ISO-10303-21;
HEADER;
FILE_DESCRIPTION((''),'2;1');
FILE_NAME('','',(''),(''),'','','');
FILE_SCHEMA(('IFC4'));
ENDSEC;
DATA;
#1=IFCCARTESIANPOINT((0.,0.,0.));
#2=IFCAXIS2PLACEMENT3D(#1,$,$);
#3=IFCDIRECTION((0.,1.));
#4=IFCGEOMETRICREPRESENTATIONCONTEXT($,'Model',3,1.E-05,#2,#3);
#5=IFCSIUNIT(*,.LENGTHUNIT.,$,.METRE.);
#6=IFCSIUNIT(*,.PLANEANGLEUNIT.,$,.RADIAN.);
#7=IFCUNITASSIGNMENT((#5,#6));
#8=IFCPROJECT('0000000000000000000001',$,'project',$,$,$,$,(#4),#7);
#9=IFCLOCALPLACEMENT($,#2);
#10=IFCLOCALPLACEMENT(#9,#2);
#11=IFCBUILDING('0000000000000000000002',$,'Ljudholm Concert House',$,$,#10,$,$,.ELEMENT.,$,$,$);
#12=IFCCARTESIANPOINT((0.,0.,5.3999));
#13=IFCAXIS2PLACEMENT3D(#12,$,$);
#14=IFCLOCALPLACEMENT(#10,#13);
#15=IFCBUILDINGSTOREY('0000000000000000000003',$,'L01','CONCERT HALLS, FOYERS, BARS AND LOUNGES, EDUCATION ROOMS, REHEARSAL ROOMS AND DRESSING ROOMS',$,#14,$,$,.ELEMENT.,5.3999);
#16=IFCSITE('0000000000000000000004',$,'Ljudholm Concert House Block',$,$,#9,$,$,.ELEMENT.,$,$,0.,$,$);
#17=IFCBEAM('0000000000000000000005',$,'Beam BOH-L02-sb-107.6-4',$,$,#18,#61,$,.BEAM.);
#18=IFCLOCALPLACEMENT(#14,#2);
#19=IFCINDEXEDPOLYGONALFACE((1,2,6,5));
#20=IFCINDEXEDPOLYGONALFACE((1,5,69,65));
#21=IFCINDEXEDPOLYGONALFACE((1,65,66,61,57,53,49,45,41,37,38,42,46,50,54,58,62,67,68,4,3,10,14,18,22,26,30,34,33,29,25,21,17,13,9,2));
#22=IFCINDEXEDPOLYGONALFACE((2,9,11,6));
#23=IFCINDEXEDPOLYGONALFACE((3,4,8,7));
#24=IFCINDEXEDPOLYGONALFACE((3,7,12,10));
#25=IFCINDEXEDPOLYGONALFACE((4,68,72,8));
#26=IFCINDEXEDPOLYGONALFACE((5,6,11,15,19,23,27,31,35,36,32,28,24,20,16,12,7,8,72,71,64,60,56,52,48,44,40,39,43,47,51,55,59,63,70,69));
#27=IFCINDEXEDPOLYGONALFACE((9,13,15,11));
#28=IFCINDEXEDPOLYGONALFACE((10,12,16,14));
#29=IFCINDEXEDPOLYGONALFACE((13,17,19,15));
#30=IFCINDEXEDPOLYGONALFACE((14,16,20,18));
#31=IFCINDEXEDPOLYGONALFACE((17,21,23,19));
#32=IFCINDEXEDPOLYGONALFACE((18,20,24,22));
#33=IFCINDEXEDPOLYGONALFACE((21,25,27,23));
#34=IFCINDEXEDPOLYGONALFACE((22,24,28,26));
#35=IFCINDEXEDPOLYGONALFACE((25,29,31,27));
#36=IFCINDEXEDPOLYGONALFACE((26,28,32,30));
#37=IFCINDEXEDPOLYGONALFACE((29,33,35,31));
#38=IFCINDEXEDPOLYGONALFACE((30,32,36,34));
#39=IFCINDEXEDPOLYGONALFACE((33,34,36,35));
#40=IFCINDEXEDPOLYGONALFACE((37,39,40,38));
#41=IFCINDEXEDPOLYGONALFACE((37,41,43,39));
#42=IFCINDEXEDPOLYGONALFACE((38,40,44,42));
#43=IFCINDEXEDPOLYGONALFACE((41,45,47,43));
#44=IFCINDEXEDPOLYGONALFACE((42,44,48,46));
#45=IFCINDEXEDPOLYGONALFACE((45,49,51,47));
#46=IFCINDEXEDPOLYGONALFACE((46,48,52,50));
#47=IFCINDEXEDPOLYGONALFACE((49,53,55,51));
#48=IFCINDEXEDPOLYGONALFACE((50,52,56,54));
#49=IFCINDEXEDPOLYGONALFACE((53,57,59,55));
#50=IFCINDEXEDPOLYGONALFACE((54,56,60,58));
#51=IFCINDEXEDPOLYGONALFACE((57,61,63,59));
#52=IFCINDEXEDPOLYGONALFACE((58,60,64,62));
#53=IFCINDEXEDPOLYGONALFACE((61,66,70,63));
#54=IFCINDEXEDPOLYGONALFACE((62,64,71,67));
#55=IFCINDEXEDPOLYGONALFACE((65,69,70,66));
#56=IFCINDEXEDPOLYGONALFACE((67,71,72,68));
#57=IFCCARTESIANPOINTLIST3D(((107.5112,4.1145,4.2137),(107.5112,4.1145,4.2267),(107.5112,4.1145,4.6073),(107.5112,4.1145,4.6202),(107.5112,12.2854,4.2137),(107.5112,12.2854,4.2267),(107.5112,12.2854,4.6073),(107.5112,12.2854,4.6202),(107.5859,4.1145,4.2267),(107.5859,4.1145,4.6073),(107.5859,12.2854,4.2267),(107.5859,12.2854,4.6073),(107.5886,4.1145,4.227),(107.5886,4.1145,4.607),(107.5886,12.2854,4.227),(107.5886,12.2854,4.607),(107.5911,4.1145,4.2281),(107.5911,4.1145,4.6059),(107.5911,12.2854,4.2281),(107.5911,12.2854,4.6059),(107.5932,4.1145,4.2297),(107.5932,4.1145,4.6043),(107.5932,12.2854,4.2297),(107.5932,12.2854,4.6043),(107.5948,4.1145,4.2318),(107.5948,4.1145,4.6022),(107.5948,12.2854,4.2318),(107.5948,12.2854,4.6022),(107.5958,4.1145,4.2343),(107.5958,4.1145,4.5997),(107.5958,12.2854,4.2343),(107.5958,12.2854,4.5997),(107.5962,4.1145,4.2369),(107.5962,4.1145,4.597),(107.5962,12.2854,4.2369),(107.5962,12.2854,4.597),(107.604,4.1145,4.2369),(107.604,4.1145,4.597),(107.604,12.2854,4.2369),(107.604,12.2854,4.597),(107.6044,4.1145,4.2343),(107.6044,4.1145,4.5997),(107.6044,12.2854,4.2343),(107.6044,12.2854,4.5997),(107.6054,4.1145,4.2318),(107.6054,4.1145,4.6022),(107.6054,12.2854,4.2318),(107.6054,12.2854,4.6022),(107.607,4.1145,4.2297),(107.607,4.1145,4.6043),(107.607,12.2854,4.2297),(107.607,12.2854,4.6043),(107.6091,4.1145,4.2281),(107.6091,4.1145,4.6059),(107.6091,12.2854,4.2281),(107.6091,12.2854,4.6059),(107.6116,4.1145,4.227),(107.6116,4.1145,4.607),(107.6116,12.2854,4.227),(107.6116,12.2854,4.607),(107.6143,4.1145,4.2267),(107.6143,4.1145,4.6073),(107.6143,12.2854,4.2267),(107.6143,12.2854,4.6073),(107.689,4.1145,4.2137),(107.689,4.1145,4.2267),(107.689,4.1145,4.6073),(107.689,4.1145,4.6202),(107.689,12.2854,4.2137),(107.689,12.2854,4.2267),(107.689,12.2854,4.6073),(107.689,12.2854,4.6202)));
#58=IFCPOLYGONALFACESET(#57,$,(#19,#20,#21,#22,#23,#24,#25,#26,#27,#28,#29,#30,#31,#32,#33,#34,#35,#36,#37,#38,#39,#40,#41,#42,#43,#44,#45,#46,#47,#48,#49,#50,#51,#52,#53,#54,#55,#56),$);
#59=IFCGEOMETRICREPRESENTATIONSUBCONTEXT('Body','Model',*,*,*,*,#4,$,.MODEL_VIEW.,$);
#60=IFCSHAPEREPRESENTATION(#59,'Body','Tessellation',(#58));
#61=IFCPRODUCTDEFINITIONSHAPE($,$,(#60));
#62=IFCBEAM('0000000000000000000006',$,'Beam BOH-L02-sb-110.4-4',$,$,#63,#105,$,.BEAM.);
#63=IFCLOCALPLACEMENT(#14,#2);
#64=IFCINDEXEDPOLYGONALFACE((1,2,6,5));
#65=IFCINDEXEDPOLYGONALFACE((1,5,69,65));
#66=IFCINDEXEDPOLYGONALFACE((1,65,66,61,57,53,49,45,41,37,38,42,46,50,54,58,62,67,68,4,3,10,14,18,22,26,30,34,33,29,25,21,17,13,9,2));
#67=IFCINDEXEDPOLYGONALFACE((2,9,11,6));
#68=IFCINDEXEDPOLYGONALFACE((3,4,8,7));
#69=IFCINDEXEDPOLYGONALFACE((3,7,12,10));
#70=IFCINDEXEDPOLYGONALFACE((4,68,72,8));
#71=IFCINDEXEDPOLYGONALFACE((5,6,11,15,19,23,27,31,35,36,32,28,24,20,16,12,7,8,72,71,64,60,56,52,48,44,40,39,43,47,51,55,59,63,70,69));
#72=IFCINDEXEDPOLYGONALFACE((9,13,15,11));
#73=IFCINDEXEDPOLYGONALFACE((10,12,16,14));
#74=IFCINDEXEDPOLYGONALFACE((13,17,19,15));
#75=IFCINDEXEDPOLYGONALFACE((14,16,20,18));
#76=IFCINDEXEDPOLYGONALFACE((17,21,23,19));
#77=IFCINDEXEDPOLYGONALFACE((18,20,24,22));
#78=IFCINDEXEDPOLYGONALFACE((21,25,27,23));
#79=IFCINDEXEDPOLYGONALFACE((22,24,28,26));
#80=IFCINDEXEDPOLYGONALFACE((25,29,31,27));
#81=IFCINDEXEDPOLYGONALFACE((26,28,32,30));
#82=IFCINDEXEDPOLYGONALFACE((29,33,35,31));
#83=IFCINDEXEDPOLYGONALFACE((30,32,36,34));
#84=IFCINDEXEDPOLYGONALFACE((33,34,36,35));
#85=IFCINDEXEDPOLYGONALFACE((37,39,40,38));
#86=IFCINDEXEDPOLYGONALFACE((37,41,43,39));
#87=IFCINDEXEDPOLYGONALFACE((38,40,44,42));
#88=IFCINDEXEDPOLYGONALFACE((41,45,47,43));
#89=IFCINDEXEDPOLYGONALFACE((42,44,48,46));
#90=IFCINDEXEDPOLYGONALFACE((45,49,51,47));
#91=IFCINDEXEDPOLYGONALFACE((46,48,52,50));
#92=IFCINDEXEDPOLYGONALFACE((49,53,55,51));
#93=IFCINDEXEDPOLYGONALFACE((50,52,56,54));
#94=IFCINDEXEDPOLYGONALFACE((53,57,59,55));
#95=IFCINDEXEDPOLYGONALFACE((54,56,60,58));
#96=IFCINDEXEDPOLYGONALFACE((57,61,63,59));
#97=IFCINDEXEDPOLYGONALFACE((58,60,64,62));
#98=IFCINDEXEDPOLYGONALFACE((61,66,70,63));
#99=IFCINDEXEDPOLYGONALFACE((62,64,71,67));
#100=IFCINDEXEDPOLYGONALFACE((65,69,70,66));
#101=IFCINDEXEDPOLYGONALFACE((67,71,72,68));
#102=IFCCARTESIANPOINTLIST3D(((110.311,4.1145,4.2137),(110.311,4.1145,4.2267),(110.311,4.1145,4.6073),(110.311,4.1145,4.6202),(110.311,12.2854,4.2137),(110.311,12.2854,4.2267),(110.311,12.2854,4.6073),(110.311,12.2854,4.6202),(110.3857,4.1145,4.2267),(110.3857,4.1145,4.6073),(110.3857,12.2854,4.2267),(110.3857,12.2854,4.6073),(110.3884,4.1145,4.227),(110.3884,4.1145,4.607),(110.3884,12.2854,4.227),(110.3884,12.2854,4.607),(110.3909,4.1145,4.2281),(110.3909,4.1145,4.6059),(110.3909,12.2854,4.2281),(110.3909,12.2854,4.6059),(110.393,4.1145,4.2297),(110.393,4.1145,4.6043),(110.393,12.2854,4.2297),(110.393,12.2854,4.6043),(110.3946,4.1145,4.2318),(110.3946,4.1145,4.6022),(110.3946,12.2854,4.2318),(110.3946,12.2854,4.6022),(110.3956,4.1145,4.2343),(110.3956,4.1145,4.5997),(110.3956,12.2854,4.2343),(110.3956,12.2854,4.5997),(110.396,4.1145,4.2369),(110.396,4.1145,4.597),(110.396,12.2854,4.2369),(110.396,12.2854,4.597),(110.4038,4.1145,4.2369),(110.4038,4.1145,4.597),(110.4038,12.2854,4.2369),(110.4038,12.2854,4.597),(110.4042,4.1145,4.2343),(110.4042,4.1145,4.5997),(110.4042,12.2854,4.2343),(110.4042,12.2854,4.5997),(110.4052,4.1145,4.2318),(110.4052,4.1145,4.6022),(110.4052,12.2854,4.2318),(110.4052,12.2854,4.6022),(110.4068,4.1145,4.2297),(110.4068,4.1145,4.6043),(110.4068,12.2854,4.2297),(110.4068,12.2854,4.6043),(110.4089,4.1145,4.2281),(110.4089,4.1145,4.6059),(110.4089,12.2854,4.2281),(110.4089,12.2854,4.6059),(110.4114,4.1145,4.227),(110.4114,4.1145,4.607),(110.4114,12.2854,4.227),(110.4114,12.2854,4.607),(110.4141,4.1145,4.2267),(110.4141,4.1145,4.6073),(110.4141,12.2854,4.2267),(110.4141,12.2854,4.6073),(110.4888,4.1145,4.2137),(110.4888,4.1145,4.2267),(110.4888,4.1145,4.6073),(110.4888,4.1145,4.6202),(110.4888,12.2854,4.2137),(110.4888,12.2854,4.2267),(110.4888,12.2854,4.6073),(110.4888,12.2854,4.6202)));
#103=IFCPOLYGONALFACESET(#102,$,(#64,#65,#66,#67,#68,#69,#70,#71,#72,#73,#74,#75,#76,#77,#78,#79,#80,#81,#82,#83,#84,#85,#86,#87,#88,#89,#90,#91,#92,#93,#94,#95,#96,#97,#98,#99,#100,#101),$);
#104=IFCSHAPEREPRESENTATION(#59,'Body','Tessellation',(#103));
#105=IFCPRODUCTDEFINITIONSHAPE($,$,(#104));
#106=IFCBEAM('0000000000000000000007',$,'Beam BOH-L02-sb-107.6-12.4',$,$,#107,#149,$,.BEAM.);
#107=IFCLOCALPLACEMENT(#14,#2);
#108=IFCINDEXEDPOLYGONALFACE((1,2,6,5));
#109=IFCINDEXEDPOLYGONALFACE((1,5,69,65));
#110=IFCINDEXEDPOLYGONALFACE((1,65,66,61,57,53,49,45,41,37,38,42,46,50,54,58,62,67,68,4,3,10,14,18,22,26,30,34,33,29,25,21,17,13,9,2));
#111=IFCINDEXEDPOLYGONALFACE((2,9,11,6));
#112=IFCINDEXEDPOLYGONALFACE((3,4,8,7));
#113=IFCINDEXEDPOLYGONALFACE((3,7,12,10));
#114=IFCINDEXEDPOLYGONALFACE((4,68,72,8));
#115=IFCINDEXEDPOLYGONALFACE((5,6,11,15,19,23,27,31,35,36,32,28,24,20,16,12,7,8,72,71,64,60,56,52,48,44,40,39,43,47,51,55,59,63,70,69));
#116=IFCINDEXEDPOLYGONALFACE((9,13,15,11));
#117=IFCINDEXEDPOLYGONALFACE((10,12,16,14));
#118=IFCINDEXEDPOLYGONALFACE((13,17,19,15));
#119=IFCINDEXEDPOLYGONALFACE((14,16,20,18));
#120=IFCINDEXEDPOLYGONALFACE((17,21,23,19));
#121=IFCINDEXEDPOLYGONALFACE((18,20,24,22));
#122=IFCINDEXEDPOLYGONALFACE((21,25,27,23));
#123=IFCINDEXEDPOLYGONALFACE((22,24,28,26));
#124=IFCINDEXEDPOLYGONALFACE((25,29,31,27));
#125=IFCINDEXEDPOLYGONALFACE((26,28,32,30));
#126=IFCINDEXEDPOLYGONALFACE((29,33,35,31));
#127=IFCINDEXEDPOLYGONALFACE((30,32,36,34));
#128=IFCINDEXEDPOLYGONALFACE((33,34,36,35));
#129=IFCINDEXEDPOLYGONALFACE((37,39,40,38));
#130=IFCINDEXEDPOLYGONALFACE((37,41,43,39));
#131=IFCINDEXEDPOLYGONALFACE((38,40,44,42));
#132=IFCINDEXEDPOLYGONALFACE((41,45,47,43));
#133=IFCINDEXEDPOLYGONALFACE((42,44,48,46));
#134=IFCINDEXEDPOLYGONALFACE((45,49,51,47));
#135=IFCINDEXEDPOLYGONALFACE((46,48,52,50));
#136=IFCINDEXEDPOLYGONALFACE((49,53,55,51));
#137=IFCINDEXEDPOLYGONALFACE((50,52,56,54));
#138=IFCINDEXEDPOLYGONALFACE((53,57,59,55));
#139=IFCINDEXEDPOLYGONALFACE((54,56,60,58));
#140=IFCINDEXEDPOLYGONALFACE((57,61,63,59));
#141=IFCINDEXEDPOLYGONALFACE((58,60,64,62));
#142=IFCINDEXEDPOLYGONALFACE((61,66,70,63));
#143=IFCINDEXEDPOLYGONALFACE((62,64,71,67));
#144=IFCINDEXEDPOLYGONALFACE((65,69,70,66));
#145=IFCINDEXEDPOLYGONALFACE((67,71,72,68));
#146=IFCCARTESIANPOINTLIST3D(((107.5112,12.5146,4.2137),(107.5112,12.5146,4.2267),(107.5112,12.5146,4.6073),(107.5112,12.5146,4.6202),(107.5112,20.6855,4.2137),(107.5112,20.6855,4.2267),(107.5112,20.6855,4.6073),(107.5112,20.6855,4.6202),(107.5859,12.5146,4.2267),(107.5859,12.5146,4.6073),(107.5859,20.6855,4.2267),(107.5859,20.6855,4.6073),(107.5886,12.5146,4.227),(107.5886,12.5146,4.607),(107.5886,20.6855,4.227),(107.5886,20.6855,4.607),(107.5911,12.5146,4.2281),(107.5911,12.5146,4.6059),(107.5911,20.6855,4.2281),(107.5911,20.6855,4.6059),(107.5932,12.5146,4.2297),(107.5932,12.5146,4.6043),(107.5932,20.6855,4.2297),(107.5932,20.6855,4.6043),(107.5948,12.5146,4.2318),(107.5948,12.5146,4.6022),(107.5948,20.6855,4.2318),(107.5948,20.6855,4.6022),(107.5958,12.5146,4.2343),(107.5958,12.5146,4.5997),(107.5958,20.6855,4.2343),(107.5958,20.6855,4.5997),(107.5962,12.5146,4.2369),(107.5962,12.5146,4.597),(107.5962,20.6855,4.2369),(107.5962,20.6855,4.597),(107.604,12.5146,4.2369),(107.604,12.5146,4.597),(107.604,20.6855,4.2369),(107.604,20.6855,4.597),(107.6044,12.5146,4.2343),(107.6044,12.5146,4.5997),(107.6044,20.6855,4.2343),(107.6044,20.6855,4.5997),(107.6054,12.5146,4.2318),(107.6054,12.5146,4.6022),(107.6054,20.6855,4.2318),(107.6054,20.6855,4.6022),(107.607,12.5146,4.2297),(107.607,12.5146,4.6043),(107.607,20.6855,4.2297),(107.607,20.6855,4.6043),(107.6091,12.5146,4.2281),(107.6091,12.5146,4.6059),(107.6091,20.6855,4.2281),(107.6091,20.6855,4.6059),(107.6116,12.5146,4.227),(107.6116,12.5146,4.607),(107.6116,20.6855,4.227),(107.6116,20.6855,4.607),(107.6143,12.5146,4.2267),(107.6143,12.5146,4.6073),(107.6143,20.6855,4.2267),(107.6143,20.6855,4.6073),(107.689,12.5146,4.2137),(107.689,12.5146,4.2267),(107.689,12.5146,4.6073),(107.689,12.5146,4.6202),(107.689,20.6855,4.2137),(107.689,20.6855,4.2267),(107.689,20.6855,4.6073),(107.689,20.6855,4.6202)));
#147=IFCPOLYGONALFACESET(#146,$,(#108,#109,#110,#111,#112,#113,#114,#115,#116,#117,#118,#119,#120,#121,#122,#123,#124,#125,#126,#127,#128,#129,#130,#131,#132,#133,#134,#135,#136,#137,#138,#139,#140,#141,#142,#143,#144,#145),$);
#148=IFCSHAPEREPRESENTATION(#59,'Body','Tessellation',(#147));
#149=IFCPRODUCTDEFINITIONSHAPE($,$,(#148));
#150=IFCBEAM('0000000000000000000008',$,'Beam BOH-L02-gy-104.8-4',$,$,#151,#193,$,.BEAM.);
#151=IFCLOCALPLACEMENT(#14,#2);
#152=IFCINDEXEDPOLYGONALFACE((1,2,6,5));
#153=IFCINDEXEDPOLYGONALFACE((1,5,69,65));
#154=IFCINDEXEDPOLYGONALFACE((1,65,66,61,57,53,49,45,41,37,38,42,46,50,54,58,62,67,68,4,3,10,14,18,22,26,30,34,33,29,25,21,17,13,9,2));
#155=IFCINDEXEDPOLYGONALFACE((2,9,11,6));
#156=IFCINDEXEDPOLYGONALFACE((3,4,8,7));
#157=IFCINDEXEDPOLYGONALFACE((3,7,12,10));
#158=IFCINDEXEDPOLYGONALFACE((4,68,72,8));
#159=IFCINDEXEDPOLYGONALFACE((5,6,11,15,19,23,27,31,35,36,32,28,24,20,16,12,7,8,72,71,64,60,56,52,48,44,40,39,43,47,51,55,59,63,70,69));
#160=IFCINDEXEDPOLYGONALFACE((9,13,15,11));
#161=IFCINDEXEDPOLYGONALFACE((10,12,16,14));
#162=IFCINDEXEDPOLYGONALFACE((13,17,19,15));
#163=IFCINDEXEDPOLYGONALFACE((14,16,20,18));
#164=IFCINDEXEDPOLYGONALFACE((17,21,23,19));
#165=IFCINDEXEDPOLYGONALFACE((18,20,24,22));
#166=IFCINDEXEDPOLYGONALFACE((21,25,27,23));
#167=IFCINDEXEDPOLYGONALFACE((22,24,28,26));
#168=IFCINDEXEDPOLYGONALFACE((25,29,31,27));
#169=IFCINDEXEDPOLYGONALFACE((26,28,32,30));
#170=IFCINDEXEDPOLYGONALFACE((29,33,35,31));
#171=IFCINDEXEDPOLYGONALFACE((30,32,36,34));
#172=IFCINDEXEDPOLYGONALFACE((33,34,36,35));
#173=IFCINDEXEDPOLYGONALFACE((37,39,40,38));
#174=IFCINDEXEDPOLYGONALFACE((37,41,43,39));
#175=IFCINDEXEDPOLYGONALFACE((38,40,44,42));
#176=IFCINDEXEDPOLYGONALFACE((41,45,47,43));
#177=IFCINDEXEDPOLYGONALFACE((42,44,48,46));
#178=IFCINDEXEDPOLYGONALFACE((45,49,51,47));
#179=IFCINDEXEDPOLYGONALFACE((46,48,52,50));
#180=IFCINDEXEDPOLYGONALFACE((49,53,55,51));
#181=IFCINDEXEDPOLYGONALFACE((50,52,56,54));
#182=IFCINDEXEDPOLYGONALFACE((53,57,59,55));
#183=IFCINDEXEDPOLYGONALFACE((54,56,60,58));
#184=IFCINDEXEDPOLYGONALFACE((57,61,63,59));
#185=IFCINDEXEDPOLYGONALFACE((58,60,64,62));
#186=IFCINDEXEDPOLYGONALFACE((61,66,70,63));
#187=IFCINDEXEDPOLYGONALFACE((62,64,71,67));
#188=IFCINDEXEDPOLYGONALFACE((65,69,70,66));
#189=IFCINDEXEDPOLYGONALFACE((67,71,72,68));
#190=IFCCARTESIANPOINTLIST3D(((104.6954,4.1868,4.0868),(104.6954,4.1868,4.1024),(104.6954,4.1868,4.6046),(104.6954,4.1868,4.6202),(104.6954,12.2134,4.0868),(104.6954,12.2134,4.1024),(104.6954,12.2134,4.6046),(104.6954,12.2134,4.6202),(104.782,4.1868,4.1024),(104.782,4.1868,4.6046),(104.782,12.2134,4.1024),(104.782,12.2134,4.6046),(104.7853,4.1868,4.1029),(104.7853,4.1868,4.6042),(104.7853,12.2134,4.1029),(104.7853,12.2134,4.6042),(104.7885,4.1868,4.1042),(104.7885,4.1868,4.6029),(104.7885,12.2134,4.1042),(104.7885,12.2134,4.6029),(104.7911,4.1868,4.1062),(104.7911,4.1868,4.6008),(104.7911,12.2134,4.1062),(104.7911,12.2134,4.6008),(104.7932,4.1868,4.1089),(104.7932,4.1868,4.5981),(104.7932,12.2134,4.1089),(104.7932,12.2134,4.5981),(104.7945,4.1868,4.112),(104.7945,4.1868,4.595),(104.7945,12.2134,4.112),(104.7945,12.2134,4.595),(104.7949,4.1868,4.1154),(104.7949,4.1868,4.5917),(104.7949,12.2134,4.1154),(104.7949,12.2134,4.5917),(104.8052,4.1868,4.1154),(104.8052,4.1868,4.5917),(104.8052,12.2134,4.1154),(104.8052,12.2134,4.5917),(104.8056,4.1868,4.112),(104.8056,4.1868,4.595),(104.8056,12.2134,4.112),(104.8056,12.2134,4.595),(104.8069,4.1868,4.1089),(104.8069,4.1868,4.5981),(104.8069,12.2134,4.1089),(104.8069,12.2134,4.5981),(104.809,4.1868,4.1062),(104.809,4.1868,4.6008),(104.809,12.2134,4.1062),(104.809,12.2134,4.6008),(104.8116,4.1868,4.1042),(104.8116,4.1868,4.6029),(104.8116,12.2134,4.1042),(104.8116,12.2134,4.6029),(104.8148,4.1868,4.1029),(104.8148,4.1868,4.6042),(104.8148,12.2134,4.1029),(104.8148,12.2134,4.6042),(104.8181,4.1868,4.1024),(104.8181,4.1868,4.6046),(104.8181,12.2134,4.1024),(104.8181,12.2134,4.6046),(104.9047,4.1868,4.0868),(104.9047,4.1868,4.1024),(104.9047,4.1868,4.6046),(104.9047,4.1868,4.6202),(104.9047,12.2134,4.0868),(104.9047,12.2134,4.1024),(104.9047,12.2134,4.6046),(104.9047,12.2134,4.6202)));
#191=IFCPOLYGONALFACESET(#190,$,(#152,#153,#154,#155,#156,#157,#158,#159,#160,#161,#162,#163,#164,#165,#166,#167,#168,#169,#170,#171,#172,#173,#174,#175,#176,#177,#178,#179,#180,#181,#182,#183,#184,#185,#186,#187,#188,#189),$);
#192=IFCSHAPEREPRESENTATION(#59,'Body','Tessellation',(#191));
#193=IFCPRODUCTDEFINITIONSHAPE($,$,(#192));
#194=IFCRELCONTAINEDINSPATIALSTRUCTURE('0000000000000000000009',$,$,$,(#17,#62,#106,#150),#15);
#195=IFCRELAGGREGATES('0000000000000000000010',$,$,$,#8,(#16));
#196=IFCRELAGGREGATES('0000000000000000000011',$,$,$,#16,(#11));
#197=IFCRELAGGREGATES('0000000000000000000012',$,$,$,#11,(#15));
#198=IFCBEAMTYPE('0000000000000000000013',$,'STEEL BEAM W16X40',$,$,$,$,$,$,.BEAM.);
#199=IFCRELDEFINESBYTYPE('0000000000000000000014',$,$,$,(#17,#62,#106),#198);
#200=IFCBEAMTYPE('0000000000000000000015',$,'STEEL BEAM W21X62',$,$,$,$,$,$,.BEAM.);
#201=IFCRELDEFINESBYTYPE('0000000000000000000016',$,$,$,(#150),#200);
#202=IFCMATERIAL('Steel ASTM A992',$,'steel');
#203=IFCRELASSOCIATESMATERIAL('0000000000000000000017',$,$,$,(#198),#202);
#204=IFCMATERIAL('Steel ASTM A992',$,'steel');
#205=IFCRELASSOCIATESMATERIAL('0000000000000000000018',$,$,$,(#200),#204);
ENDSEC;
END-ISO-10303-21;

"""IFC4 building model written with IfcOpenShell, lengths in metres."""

from ifc_helpers import new_model, si_unit, direction, frame, origin, origin_2d, place, context, subcontext, project, spatial, i_section, extrude, material, material_profile, profile_set, type_object, element, save


model = new_model("IFC4")

# Units and contexts
model_context = context("Model", 3, precision=1e-05, world=origin(), true_north=direction((0.0, 1.0)))
body_context = subcontext(model_context, "Body", "Model", "MODEL_VIEW")
ifc_project = project(units=[si_unit("LENGTHUNIT", "METRE"), si_unit("PLANEANGLEUNIT", "RADIAN")], contexts=[model_context])

# Site, building, storey
site_placement = place(None, origin())
site = spatial("IfcSite", under=ifc_project, at=site_placement, Name="Ljudholm Concert House Block", CompositionType="ELEMENT", RefElevation=0.0)
building_placement = place(site_placement, origin())
building = spatial("IfcBuilding", under=site, at=building_placement, Name="Ljudholm Concert House", CompositionType="ELEMENT")
storey_placement = place(building_placement, frame((0.0, 0.0, 5.3999)))
storey = spatial("IfcBuildingStorey", under=building, at=storey_placement, Name="L01", Description="CONCERT HALLS, FOYERS, BARS AND LOUNGES, EDUCATION ROOMS, REHEARSAL ROOMS AND DRESSING ROOMS", CompositionType="ELEMENT", Elevation=5.3999)

# Beams
ifc_material_1 = material(Name="Steel ASTM A992", Category="steel")
ifc_material_profile_1 = material_profile(ifc_material_1, i_section(OverallWidth=0.1777, OverallDepth=0.4065, WebThickness=0.0078, FlangeThickness=0.0129, FilletRadius=0.0103, at=origin_2d()), Name="W16X40")
ifc_profile_set_1 = profile_set([ifc_material_profile_1], Name="Steel ASTM A992")
beam_type_1 = type_object("IfcBeamType", Name="STEEL BEAM W16X40", PredefinedType="BEAM", material=ifc_profile_set_1)
for number, where, z_axis, x_axis, name in (
    (1, (107.6001, 4.1145, 4.417), (0.0, 1.0, 0.0), (-1.0, 0.0, 0.0), "Beam BOH-L02-sb-107.6-4"),
    (2, (110.3999, 4.1145, 4.417), (0.0, 1.0, 0.0), (-1.0, 0.0, 0.0), "Beam BOH-L02-sb-110.4-4"),
    (3, (107.6001, 12.5146, 4.417), (0.0, 1.0, 0.0), (-1.0, 0.0, 0.0), "Beam BOH-L02-sb-107.6-12.4"),
):
    element("IfcBeam", number, at=place(storey_placement, frame(where, z_axis=z_axis, x_axis=x_axis)), inside=storey, type_object=beam_type_1, Name=name, PredefinedType="BEAM", context=body_context, shape_type="SweptSolid", body=[
        extrude(i_section(OverallWidth=0.1777, OverallDepth=0.4065, WebThickness=0.0078, FlangeThickness=0.0129, FilletRadius=0.0103, at=origin_2d()), origin(), (0.0, 0.0, 1.0), 8.1709),
    ])
ifc_material_2 = material(Name="Steel ASTM A992", Category="steel")
ifc_material_profile_2 = material_profile(ifc_material_2, i_section(OverallWidth=0.2092, OverallDepth=0.5334, WebThickness=0.0103, FlangeThickness=0.0156, FilletRadius=0.0129, at=origin_2d()), Name="W21X62")
ifc_profile_set_2 = profile_set([ifc_material_profile_2], Name="Steel ASTM A992")
beam_type_2 = type_object("IfcBeamType", Name="STEEL BEAM W21X62", PredefinedType="BEAM", material=ifc_profile_set_2)
for number, where, z_axis, x_axis, name in (
    (4, (104.8, 4.1868, 4.3535), (0.0, 1.0, 0.0), (-1.0, 0.0, 0.0), "Beam BOH-L02-gy-104.8-4"),
):
    element("IfcBeam", number, at=place(storey_placement, frame(where, z_axis=z_axis, x_axis=x_axis)), inside=storey, type_object=beam_type_2, Name=name, PredefinedType="BEAM", context=body_context, shape_type="SweptSolid", body=[
        extrude(i_section(OverallWidth=0.2092, OverallDepth=0.5334, WebThickness=0.0103, FlangeThickness=0.0156, FilletRadius=0.0129, at=origin_2d()), origin(), (0.0, 0.0, 1.0), 8.0266),
    ])

save(model, "model.ifc")
